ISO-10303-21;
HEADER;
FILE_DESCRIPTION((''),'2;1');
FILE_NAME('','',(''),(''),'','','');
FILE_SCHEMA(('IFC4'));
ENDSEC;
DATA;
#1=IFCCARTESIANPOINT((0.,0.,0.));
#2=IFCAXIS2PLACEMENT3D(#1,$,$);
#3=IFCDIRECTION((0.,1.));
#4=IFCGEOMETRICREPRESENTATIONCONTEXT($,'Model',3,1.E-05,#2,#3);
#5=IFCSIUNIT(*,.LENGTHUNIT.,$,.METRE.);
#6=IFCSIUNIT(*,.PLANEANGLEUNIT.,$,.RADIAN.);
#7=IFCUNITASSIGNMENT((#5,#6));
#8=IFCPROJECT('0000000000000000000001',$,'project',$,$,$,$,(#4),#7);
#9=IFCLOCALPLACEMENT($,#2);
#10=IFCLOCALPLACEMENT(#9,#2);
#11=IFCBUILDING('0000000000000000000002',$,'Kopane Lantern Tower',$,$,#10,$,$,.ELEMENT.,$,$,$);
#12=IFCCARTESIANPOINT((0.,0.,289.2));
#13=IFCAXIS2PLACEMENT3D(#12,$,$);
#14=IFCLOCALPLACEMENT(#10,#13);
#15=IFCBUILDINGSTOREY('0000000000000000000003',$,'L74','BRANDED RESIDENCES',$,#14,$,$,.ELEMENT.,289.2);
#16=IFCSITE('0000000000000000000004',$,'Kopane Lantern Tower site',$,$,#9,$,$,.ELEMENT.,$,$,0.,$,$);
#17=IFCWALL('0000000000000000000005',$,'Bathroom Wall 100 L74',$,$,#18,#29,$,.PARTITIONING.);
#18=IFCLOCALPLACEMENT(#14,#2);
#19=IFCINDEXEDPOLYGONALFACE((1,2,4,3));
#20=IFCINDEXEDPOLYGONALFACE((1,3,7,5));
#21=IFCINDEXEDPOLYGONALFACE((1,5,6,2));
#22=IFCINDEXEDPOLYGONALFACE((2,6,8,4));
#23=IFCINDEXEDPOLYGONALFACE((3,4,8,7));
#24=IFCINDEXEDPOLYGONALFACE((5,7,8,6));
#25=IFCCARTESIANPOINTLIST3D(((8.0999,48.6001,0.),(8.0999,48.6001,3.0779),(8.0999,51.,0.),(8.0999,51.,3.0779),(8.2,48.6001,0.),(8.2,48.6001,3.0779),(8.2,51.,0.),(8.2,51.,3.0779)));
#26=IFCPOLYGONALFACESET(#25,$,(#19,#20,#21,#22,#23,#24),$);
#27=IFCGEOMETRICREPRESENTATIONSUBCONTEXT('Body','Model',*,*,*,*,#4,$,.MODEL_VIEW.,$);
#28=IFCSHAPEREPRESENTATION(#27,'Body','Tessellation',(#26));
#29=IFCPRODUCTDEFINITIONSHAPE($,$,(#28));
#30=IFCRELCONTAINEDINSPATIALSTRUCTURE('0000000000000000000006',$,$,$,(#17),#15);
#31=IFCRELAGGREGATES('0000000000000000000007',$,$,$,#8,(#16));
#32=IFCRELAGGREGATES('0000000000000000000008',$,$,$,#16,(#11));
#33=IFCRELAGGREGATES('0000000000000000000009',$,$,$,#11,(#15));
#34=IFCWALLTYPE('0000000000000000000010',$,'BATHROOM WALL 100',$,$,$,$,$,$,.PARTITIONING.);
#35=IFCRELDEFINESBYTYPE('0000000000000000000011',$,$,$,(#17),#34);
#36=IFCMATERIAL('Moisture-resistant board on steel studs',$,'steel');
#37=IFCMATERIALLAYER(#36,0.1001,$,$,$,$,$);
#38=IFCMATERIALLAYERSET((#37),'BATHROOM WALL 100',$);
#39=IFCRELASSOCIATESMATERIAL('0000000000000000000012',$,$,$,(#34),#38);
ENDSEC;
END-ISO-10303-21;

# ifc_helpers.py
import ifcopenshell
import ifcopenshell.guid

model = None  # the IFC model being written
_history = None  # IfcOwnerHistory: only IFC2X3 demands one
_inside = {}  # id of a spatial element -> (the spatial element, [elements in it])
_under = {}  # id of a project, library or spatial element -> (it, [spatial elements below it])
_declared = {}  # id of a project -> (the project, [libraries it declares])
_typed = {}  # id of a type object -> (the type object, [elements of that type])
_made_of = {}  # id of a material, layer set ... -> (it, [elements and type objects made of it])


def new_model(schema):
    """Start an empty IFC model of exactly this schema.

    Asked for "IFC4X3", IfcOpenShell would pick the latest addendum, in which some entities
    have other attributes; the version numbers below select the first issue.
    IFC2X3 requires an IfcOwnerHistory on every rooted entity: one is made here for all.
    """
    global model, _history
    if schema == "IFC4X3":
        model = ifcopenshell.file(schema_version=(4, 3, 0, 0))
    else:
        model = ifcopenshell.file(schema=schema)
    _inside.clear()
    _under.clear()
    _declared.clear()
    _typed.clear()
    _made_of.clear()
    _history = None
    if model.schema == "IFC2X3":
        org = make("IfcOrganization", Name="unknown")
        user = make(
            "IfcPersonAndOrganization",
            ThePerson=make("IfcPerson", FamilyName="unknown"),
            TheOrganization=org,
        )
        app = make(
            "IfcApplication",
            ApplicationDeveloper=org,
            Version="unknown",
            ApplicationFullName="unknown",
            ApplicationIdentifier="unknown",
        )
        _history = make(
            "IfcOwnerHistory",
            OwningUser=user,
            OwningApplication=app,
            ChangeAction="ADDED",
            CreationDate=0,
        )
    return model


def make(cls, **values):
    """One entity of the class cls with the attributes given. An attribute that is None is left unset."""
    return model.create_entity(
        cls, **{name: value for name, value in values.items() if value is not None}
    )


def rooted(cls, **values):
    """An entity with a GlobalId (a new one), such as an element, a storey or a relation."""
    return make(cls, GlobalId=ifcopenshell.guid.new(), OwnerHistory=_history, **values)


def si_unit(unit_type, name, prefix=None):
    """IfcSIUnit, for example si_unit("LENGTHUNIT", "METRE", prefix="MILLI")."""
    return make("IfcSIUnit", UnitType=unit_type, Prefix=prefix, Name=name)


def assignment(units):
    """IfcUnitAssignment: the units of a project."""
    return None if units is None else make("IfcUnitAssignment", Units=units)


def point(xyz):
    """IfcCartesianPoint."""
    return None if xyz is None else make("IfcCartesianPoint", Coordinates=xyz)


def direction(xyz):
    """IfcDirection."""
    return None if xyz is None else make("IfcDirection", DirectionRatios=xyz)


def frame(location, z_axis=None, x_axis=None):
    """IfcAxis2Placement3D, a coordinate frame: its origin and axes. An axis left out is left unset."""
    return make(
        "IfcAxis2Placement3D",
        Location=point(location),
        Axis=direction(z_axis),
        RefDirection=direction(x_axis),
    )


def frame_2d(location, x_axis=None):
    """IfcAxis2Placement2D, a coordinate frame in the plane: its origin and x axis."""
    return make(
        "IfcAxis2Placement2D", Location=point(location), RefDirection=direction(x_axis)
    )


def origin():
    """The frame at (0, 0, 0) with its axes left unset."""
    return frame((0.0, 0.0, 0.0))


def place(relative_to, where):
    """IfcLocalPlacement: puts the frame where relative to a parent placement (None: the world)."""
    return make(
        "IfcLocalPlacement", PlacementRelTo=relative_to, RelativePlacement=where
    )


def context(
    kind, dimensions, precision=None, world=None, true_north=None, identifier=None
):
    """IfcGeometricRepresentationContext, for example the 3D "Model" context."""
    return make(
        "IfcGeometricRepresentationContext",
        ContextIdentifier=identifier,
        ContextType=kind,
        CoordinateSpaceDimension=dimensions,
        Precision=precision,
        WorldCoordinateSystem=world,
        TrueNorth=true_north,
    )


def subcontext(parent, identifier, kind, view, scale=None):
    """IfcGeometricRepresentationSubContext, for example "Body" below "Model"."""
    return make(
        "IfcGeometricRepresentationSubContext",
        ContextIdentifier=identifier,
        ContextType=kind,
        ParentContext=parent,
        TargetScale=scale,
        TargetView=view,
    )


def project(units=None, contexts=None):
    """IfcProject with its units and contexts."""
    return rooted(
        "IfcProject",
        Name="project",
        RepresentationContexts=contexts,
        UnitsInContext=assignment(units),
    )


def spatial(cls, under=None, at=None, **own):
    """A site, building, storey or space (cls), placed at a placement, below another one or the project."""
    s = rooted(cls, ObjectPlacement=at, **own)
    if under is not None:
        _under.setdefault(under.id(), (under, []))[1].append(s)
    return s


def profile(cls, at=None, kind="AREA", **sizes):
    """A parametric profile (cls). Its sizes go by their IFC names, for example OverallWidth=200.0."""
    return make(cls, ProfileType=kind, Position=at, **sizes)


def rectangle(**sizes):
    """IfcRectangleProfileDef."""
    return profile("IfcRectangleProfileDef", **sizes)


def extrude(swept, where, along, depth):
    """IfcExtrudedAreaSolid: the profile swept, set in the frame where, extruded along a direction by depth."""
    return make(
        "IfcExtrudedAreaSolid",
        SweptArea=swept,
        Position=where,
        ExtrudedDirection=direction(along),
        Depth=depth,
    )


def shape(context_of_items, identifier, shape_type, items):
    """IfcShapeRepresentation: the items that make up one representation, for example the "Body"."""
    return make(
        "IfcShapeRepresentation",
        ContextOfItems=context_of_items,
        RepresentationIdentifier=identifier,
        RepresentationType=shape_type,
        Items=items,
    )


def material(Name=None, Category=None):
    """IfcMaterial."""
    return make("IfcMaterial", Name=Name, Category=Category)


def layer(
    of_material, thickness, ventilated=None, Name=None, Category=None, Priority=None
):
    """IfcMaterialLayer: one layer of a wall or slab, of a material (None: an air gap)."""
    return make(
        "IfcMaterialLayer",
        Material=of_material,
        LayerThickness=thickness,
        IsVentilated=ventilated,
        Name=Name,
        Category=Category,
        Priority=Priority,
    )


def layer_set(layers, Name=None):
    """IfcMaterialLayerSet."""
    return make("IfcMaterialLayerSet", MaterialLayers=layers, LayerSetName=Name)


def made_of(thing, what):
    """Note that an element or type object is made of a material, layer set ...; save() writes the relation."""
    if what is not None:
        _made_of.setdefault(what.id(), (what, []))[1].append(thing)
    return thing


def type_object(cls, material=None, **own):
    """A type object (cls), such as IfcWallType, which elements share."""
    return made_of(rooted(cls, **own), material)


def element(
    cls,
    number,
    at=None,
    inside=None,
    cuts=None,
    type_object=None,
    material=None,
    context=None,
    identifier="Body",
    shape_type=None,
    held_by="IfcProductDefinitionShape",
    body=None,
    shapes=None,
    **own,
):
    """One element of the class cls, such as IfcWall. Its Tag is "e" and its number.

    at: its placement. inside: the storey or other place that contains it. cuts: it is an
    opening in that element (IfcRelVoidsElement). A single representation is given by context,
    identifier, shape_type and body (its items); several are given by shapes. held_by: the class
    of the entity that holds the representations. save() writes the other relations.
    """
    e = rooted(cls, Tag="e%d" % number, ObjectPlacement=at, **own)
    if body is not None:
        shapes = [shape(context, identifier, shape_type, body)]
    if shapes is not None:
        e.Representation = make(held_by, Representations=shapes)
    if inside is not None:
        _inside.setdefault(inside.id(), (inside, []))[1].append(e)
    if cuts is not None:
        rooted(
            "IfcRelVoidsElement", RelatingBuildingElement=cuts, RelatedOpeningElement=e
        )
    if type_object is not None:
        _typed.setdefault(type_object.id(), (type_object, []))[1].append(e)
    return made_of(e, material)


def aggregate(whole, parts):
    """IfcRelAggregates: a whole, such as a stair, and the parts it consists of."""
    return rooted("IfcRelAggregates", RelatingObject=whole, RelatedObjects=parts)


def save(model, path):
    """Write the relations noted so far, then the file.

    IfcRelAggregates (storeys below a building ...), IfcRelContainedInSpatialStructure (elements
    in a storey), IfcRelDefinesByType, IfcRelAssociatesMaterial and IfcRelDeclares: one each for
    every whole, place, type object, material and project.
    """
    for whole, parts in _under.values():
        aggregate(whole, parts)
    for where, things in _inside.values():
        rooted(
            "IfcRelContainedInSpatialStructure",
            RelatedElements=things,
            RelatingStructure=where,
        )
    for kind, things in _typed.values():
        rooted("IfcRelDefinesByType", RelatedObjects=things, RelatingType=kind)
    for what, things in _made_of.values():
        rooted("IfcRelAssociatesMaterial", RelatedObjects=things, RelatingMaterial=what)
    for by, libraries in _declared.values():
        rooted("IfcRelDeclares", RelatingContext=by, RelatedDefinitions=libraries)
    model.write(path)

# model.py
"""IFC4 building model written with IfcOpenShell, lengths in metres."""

from ifc_helpers import new_model, si_unit, direction, frame, frame_2d, origin, place, context, subcontext, project, spatial, rectangle, extrude, material, layer, layer_set, type_object, element, save


model = new_model("IFC4")

# Units and contexts
model_context = context("Model", 3, precision=1e-05, world=origin(), true_north=direction((0.0, 1.0)))
body_context = subcontext(model_context, "Body", "Model", "MODEL_VIEW")
ifc_project = project(units=[si_unit("LENGTHUNIT", "METRE"), si_unit("PLANEANGLEUNIT", "RADIAN")], contexts=[model_context])

# Site, building, storey
site_placement = place(None, origin())
site = spatial("IfcSite", under=ifc_project, at=site_placement, Name="Kopane Lantern Tower site", CompositionType="ELEMENT", RefElevation=0.0)
building_placement = place(site_placement, origin())
building = spatial("IfcBuilding", under=site, at=building_placement, Name="Kopane Lantern Tower", CompositionType="ELEMENT")
storey_placement = place(building_placement, frame((0.0, 0.0, 289.2)))
storey = spatial("IfcBuildingStorey", under=building, at=storey_placement, Name="L74", Description="BRANDED RESIDENCES", CompositionType="ELEMENT", Elevation=289.2)

# Wall
ifc_material_1 = material(Name="Moisture-resistant board on steel studs", Category="steel")
ifc_layer_1 = layer(ifc_material_1, 0.1001)
ifc_layer_set_1 = layer_set([ifc_layer_1], Name="BATHROOM WALL 100")
wall_type_1 = type_object("IfcWallType", Name="BATHROOM WALL 100", PredefinedType="PARTITIONING", material=ifc_layer_set_1)
wall_1_placement = place(storey_placement, frame((8.1499, 48.6001, 0.0), z_axis=(0.0, 0.0, 1.0), x_axis=(0.0, 1.0, 0.0)))
element("IfcWall", 1, at=wall_1_placement, inside=storey, type_object=wall_type_1, Name="Bathroom Wall 100 L74", PredefinedType="PARTITIONING", context=body_context, shape_type="SweptSolid", body=[
    extrude(rectangle(XDim=2.3999, YDim=0.1001, at=frame_2d((1.2, 0.0))), origin(), (0.0, 0.0, 1.0), 3.0779),
])

save(model, "model.ifc")
